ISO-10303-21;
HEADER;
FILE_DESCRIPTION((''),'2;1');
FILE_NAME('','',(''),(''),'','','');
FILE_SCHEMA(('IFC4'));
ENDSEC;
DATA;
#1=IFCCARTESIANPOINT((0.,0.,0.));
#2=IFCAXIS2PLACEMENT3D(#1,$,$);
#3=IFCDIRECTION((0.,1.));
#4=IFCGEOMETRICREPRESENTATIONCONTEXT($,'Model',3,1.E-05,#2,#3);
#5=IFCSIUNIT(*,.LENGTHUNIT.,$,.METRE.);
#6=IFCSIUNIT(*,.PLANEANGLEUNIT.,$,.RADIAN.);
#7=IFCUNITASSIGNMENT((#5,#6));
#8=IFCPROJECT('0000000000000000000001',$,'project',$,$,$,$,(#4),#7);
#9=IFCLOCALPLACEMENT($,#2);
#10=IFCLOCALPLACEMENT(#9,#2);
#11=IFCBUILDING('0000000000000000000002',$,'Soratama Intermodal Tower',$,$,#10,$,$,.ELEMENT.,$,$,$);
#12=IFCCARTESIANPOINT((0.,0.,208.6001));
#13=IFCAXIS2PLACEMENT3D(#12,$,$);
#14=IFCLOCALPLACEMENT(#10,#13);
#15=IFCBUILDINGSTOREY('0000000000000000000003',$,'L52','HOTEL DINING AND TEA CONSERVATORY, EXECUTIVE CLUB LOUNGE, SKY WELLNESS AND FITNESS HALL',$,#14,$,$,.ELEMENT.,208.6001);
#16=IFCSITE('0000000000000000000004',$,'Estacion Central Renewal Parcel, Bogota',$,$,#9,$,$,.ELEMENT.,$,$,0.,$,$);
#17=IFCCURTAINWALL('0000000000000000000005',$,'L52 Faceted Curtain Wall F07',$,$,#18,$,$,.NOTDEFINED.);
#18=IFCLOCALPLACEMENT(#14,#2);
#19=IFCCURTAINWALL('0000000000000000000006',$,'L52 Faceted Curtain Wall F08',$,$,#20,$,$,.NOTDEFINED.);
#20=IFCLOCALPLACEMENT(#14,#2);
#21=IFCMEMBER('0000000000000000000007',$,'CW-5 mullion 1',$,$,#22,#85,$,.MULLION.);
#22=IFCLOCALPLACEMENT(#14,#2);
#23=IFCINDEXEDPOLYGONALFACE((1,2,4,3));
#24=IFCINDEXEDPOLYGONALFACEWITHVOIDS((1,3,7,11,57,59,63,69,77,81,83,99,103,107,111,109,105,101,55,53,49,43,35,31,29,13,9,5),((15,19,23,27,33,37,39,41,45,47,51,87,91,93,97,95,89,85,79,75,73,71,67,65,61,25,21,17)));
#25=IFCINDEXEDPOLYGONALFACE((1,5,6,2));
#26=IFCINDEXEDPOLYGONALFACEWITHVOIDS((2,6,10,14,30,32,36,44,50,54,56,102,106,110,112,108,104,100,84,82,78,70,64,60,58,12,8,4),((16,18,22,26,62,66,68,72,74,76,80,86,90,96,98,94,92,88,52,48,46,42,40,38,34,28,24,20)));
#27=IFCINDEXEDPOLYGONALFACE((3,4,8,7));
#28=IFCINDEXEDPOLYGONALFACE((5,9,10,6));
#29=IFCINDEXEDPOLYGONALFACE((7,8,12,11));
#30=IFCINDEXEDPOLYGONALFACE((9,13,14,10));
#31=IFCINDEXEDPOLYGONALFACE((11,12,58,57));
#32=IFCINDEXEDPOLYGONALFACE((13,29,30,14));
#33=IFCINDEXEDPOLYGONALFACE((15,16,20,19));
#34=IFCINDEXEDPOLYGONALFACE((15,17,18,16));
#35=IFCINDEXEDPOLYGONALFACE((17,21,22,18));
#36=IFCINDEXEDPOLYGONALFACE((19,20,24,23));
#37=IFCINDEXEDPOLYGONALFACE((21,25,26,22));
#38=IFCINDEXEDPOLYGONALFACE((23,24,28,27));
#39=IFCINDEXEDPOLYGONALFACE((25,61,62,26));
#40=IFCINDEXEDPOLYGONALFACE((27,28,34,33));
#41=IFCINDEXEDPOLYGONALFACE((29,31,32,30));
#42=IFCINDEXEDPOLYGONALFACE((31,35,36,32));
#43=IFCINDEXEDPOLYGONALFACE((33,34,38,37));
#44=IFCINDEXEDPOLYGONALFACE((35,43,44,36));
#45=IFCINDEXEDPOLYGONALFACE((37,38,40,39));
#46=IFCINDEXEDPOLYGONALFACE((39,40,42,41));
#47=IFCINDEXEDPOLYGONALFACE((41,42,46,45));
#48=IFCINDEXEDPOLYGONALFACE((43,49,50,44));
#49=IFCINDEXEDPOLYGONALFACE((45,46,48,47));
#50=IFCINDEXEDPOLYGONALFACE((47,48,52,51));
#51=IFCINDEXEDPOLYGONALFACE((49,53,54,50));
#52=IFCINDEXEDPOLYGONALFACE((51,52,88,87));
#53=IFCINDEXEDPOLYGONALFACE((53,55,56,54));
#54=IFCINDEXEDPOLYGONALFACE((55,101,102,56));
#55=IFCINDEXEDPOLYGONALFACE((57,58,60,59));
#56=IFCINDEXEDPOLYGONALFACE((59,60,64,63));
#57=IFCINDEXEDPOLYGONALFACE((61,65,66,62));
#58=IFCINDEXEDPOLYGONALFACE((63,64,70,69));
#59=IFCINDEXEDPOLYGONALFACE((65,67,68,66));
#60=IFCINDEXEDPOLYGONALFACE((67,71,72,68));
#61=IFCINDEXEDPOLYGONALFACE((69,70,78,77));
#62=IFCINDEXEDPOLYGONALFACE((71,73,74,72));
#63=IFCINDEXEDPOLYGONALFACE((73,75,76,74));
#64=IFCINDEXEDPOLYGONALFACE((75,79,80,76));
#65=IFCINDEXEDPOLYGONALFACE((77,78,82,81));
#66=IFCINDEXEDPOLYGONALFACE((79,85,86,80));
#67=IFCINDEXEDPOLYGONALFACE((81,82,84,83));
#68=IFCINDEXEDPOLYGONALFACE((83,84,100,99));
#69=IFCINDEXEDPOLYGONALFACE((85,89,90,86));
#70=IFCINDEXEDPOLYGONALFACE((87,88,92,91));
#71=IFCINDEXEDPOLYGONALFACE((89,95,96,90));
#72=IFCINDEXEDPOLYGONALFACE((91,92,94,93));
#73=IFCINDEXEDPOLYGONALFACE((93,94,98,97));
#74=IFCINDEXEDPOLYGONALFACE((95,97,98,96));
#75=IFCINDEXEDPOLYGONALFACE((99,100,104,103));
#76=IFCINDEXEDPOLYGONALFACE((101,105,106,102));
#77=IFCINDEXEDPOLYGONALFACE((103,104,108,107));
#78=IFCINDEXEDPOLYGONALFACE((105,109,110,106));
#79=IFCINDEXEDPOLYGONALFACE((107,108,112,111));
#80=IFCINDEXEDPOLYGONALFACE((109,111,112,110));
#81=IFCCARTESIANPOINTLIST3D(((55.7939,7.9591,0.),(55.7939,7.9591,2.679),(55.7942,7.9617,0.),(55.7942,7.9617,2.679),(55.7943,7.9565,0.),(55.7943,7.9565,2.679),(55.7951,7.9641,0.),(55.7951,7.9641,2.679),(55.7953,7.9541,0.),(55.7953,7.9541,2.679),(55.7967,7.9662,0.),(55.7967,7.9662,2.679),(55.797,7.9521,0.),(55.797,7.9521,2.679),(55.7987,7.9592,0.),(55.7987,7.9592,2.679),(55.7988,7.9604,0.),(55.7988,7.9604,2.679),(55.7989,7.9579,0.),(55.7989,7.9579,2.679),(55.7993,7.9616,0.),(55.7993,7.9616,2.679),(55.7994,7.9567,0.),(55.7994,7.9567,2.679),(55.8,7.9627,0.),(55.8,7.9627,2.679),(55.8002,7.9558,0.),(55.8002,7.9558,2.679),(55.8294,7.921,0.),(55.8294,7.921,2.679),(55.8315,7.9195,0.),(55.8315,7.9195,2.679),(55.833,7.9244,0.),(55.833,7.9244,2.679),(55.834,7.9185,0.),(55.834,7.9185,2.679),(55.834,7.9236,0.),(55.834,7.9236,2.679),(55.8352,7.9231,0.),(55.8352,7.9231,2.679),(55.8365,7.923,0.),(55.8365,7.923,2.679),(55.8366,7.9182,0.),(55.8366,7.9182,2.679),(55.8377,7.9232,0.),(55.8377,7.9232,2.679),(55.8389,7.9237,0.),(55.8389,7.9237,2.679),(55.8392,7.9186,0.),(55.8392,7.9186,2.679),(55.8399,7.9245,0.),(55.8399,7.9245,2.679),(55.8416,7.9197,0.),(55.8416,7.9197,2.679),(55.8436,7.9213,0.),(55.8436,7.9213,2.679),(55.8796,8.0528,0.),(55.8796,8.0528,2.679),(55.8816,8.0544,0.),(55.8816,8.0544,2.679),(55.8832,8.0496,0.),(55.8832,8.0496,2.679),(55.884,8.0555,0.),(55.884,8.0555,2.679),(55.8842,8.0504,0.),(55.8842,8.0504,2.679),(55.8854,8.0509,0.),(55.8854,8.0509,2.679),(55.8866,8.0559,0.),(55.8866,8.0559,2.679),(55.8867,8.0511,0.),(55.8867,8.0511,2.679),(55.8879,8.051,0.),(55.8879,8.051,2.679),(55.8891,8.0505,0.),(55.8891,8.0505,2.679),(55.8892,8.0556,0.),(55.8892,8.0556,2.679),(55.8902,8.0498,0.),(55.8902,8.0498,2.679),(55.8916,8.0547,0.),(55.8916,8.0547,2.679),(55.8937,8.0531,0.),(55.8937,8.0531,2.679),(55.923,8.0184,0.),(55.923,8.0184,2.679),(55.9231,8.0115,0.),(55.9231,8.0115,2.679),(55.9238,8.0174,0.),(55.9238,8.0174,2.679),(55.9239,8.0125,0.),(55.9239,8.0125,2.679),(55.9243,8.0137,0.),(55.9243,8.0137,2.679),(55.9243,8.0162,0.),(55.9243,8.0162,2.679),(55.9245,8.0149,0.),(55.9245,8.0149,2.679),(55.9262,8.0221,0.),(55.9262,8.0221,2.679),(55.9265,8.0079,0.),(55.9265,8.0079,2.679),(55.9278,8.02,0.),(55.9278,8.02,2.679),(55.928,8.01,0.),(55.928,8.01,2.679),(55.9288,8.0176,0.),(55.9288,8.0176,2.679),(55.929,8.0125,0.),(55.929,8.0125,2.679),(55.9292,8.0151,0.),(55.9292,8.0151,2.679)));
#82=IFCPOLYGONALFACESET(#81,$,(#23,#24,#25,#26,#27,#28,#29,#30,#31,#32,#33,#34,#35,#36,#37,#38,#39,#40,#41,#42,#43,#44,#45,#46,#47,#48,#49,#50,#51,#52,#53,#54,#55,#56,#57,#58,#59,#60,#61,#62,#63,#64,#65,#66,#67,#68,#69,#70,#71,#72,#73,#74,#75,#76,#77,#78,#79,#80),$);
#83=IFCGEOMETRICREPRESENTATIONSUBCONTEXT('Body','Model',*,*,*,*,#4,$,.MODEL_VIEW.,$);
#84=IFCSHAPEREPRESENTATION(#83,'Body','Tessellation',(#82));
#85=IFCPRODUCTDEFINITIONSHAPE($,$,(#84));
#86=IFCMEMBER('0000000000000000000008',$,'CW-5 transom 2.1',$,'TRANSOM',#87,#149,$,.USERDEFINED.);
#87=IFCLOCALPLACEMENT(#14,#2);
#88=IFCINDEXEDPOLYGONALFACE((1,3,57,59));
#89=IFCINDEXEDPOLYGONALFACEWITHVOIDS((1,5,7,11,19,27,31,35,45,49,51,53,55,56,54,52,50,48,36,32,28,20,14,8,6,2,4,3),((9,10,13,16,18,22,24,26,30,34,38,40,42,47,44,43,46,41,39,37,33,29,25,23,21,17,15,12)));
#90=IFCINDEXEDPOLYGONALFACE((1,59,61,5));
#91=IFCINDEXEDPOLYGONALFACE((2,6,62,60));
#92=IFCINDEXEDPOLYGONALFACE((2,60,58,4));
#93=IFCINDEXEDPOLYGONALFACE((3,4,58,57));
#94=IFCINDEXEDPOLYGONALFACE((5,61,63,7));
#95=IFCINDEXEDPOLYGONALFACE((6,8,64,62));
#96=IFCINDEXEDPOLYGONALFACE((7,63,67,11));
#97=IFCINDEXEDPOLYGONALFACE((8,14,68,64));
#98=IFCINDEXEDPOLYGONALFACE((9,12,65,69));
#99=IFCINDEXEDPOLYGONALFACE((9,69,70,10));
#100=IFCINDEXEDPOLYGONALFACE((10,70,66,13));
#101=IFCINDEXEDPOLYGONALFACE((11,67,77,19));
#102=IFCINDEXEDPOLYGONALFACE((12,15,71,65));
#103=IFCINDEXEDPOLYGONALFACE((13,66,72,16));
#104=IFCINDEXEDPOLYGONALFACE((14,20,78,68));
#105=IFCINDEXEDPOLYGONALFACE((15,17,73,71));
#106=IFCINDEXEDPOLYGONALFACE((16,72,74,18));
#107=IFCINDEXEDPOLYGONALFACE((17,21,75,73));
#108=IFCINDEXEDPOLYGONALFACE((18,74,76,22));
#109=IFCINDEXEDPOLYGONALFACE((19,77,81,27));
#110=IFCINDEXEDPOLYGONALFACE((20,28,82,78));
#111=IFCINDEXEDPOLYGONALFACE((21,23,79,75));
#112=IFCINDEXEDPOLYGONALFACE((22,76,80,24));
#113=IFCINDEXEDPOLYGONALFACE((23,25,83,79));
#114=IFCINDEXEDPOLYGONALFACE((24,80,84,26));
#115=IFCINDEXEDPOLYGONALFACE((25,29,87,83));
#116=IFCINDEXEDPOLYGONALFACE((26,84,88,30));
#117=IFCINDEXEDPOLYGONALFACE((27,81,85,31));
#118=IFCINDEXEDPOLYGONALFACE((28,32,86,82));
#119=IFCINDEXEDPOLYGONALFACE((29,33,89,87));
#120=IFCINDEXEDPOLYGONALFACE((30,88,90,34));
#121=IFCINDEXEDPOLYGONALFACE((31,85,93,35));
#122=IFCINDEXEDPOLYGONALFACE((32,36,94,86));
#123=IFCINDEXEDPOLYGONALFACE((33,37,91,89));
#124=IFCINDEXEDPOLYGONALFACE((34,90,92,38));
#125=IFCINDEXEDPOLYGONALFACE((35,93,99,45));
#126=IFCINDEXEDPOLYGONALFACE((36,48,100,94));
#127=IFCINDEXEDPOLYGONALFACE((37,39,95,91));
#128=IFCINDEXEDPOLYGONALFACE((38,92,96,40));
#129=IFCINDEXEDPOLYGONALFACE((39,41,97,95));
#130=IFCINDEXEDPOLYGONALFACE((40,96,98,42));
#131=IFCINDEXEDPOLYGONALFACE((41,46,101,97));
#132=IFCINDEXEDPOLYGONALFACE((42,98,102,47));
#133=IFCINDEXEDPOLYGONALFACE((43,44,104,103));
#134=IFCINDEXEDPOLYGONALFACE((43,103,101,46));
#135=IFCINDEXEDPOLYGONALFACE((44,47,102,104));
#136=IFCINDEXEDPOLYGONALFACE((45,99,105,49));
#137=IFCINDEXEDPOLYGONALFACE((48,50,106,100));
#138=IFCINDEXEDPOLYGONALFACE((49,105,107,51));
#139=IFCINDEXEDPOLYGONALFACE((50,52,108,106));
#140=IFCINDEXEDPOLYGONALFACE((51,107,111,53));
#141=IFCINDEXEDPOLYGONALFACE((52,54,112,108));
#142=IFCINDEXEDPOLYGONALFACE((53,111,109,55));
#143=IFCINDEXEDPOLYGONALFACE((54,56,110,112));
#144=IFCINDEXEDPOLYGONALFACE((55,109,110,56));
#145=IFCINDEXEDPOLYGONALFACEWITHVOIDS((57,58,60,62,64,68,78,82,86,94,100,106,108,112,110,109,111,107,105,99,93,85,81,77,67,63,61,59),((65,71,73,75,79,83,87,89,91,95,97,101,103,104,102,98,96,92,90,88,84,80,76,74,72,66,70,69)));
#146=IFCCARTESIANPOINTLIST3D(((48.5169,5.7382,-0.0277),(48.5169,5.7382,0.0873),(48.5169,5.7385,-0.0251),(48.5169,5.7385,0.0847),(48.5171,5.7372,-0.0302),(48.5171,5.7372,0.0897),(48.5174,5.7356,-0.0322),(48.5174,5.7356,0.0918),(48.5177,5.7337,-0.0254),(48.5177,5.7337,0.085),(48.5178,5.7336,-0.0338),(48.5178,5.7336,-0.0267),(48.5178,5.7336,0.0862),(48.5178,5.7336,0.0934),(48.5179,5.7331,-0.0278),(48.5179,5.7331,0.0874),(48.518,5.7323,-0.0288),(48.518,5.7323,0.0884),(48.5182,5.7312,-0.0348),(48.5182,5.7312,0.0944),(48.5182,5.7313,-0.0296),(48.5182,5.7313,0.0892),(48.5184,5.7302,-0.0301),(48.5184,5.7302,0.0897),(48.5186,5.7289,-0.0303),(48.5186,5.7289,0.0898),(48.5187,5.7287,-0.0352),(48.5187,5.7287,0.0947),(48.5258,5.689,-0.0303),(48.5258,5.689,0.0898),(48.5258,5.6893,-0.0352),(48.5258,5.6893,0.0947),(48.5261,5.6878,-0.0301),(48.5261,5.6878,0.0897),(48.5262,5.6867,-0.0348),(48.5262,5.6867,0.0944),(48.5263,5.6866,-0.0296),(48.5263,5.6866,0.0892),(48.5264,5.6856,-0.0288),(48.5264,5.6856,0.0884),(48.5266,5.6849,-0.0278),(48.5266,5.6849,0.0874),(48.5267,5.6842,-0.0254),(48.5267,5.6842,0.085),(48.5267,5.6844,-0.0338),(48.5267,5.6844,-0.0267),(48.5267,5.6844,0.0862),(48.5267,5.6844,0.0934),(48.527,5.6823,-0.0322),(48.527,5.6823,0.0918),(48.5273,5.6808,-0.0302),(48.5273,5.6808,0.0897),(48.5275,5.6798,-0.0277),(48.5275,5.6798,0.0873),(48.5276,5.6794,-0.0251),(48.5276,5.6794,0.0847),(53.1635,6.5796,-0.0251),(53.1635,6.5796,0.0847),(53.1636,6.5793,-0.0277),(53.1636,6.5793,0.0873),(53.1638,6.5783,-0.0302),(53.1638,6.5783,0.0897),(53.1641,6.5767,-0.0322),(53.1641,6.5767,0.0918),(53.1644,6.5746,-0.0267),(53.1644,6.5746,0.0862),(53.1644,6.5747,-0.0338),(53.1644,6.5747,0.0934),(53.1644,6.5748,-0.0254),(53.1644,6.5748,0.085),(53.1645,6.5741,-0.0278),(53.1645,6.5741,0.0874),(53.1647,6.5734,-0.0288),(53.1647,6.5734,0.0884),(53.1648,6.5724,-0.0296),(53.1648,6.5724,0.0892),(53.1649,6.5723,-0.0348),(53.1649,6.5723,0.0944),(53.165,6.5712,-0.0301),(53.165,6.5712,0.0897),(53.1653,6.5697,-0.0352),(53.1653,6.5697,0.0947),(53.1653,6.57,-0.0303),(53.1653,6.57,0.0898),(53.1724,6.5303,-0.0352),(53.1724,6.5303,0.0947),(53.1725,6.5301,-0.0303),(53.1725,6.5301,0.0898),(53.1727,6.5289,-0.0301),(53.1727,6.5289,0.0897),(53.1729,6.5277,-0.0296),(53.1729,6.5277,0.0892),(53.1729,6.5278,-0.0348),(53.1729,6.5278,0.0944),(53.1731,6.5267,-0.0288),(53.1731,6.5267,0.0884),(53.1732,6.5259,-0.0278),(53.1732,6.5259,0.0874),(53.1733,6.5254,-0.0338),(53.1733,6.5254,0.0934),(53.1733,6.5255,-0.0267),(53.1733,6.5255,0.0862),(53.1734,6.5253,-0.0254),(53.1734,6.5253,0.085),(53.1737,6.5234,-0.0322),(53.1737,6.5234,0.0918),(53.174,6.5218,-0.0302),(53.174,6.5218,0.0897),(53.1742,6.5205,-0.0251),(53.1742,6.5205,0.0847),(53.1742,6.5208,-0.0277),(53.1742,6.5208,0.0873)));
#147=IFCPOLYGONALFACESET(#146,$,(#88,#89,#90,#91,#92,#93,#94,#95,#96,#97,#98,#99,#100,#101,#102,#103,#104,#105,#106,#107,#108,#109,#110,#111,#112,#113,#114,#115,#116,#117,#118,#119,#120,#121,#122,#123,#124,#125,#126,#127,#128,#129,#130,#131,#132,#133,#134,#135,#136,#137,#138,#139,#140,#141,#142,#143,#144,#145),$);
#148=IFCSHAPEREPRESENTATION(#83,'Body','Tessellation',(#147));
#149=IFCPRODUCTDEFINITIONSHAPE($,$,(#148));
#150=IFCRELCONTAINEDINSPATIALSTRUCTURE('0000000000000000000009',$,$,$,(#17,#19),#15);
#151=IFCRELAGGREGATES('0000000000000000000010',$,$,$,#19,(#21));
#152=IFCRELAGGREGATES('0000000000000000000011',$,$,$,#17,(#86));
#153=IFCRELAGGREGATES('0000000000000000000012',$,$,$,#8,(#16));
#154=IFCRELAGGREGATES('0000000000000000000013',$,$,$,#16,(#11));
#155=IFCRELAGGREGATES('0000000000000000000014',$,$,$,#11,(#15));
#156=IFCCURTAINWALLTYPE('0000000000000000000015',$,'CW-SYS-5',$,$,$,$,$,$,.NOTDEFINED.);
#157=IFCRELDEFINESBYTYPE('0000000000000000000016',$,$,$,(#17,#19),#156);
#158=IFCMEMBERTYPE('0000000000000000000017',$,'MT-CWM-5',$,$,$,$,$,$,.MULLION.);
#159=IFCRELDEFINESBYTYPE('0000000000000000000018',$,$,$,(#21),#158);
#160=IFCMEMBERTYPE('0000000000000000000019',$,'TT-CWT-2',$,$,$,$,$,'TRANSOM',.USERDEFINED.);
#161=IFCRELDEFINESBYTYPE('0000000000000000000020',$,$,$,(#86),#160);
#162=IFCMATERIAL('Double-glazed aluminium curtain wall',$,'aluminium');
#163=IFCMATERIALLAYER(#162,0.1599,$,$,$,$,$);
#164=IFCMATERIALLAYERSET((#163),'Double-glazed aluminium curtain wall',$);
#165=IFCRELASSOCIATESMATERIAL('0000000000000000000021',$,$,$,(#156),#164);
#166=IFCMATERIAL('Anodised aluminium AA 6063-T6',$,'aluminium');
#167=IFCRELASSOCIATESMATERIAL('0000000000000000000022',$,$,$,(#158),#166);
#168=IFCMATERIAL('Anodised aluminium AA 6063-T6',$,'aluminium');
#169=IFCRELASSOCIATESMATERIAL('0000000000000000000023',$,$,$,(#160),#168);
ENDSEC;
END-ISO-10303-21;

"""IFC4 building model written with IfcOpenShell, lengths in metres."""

from ifc_helpers import new_model, si_unit, direction, frame, origin, origin_2d, place, context, subcontext, project, spatial, hollow_rectangle, extrude, material, layer, layer_set, material_profile, profile_set, type_object, element, aggregate, save


model = new_model("IFC4")

# Units and contexts
model_context = context("Model", 3, precision=1e-05, world=origin(), true_north=direction((0.0, 1.0)))
body_context = subcontext(model_context, "Body", "Model", "MODEL_VIEW")
ifc_project = project(units=[si_unit("LENGTHUNIT", "METRE"), si_unit("PLANEANGLEUNIT", "RADIAN")], contexts=[model_context])

# Site, building, storey
site_placement = place(None, origin())
site = spatial("IfcSite", under=ifc_project, at=site_placement, Name="Estacion Central Renewal Parcel, Bogota", CompositionType="ELEMENT", RefElevation=0.0)
building_placement = place(site_placement, origin())
building = spatial("IfcBuilding", under=site, at=building_placement, Name="Soratama Intermodal Tower", CompositionType="ELEMENT")
storey_placement = place(building_placement, frame((0.0, 0.0, 208.6001)))
storey = spatial("IfcBuildingStorey", under=building, at=storey_placement, Name="L52", Description="HOTEL DINING AND TEA CONSERVATORY, EXECUTIVE CLUB LOUNGE, SKY WELLNESS AND FITNESS HALL", CompositionType="ELEMENT", Elevation=208.6001)

# Curtain wall
ifc_material_1 = material(Name="Double-glazed aluminium curtain wall", Category="aluminium")
ifc_layer_1 = layer(ifc_material_1, 0.1599)
ifc_layer_set_1 = layer_set([ifc_layer_1], Name="Double-glazed aluminium curtain wall")
curtain_wall_type = type_object("IfcCurtainWallType", Name="CW-SYS-5", PredefinedType="NOTDEFINED", material=ifc_layer_set_1)
curtain_wall_1_placement = place(storey_placement, origin())
curtain_wall_1 = element("IfcCurtainWall", 1, at=curtain_wall_1_placement, inside=storey, type_object=curtain_wall_type, Name="L52 Faceted Curtain Wall F07", PredefinedType="NOTDEFINED")
ifc_material_2 = material(Name="Anodised aluminium AA 6063-T6", Category="aluminium")
ifc_material_profile_1 = material_profile(ifc_material_2, hollow_rectangle(XDim=0.0649, YDim=0.1399, WallThickness=0.0049, InnerFilletRadius=0.0049, OuterFilletRadius=0.01, at=origin_2d()), Name="CWM140X65X5")
ifc_profile_set_1 = profile_set([ifc_material_profile_1], Name="Anodised aluminium AA 6063-T6")
member_type_1 = type_object("IfcMemberType", Name="MT-CWM-5", PredefinedType="MULLION", material=ifc_profile_set_1)

# Curtain wall, member
curtain_wall_2_placement = place(storey_placement, origin())
curtain_wall_2 = element("IfcCurtainWall", 2, at=curtain_wall_2_placement, inside=storey, type_object=curtain_wall_type, Name="L52 Faceted Curtain Wall F08", PredefinedType="NOTDEFINED")
member_1_placement = place(storey_placement, frame((55.8616, 7.9871, 0.0), z_axis=(0.0, 0.0, 1.0), x_axis=(-0.722485, 0.691386, 0.0)))
member_1 = element("IfcMember", 3, at=member_1_placement, type_object=member_type_1, Name="CW-5 mullion 1", PredefinedType="MULLION", context=body_context, shape_type="SweptSolid", body=[
    extrude(hollow_rectangle(XDim=0.0649, YDim=0.1399, WallThickness=0.0049, InnerFilletRadius=0.0049, OuterFilletRadius=0.01, at=origin_2d()), origin(), (0.0, 0.0, 1.0), 2.679),
])

# Member
ifc_material_3 = material(Name="Anodised aluminium AA 6063-T6", Category="aluminium")
ifc_material_profile_2 = material_profile(ifc_material_3, hollow_rectangle(XDim=0.0601, YDim=0.1299, WallThickness=0.0049, InnerFilletRadius=0.0049, OuterFilletRadius=0.01, at=origin_2d()), Name="CWT130X60X5")
ifc_profile_set_2 = profile_set([ifc_material_profile_2], Name="Anodised aluminium AA 6063-T6")
member_type_2 = type_object("IfcMemberType", Name="TT-CWT-2", ElementType="TRANSOM", PredefinedType="USERDEFINED", material=ifc_profile_set_2)
member_2_placement = place(storey_placement, frame((48.5222, 5.709, 0.0298), z_axis=(0.984011, 0.178107, 0.0), x_axis=(-0.178107, 0.984011, 0.0)))
member_2 = element("IfcMember", 4, at=member_2_placement, type_object=member_type_2, Name="CW-5 transom 2.1", ObjectType="TRANSOM", PredefinedType="USERDEFINED", context=body_context, shape_type="SweptSolid", body=[
    extrude(hollow_rectangle(XDim=0.0601, YDim=0.1299, WallThickness=0.0049, InnerFilletRadius=0.0049, OuterFilletRadius=0.01, at=origin_2d()), origin(), (0.0, 0.0, 1.0), 4.7222),
])
aggregate(curtain_wall_2, [member_1])

aggregate(curtain_wall_1, [member_2])

save(model, "model.ifc")
